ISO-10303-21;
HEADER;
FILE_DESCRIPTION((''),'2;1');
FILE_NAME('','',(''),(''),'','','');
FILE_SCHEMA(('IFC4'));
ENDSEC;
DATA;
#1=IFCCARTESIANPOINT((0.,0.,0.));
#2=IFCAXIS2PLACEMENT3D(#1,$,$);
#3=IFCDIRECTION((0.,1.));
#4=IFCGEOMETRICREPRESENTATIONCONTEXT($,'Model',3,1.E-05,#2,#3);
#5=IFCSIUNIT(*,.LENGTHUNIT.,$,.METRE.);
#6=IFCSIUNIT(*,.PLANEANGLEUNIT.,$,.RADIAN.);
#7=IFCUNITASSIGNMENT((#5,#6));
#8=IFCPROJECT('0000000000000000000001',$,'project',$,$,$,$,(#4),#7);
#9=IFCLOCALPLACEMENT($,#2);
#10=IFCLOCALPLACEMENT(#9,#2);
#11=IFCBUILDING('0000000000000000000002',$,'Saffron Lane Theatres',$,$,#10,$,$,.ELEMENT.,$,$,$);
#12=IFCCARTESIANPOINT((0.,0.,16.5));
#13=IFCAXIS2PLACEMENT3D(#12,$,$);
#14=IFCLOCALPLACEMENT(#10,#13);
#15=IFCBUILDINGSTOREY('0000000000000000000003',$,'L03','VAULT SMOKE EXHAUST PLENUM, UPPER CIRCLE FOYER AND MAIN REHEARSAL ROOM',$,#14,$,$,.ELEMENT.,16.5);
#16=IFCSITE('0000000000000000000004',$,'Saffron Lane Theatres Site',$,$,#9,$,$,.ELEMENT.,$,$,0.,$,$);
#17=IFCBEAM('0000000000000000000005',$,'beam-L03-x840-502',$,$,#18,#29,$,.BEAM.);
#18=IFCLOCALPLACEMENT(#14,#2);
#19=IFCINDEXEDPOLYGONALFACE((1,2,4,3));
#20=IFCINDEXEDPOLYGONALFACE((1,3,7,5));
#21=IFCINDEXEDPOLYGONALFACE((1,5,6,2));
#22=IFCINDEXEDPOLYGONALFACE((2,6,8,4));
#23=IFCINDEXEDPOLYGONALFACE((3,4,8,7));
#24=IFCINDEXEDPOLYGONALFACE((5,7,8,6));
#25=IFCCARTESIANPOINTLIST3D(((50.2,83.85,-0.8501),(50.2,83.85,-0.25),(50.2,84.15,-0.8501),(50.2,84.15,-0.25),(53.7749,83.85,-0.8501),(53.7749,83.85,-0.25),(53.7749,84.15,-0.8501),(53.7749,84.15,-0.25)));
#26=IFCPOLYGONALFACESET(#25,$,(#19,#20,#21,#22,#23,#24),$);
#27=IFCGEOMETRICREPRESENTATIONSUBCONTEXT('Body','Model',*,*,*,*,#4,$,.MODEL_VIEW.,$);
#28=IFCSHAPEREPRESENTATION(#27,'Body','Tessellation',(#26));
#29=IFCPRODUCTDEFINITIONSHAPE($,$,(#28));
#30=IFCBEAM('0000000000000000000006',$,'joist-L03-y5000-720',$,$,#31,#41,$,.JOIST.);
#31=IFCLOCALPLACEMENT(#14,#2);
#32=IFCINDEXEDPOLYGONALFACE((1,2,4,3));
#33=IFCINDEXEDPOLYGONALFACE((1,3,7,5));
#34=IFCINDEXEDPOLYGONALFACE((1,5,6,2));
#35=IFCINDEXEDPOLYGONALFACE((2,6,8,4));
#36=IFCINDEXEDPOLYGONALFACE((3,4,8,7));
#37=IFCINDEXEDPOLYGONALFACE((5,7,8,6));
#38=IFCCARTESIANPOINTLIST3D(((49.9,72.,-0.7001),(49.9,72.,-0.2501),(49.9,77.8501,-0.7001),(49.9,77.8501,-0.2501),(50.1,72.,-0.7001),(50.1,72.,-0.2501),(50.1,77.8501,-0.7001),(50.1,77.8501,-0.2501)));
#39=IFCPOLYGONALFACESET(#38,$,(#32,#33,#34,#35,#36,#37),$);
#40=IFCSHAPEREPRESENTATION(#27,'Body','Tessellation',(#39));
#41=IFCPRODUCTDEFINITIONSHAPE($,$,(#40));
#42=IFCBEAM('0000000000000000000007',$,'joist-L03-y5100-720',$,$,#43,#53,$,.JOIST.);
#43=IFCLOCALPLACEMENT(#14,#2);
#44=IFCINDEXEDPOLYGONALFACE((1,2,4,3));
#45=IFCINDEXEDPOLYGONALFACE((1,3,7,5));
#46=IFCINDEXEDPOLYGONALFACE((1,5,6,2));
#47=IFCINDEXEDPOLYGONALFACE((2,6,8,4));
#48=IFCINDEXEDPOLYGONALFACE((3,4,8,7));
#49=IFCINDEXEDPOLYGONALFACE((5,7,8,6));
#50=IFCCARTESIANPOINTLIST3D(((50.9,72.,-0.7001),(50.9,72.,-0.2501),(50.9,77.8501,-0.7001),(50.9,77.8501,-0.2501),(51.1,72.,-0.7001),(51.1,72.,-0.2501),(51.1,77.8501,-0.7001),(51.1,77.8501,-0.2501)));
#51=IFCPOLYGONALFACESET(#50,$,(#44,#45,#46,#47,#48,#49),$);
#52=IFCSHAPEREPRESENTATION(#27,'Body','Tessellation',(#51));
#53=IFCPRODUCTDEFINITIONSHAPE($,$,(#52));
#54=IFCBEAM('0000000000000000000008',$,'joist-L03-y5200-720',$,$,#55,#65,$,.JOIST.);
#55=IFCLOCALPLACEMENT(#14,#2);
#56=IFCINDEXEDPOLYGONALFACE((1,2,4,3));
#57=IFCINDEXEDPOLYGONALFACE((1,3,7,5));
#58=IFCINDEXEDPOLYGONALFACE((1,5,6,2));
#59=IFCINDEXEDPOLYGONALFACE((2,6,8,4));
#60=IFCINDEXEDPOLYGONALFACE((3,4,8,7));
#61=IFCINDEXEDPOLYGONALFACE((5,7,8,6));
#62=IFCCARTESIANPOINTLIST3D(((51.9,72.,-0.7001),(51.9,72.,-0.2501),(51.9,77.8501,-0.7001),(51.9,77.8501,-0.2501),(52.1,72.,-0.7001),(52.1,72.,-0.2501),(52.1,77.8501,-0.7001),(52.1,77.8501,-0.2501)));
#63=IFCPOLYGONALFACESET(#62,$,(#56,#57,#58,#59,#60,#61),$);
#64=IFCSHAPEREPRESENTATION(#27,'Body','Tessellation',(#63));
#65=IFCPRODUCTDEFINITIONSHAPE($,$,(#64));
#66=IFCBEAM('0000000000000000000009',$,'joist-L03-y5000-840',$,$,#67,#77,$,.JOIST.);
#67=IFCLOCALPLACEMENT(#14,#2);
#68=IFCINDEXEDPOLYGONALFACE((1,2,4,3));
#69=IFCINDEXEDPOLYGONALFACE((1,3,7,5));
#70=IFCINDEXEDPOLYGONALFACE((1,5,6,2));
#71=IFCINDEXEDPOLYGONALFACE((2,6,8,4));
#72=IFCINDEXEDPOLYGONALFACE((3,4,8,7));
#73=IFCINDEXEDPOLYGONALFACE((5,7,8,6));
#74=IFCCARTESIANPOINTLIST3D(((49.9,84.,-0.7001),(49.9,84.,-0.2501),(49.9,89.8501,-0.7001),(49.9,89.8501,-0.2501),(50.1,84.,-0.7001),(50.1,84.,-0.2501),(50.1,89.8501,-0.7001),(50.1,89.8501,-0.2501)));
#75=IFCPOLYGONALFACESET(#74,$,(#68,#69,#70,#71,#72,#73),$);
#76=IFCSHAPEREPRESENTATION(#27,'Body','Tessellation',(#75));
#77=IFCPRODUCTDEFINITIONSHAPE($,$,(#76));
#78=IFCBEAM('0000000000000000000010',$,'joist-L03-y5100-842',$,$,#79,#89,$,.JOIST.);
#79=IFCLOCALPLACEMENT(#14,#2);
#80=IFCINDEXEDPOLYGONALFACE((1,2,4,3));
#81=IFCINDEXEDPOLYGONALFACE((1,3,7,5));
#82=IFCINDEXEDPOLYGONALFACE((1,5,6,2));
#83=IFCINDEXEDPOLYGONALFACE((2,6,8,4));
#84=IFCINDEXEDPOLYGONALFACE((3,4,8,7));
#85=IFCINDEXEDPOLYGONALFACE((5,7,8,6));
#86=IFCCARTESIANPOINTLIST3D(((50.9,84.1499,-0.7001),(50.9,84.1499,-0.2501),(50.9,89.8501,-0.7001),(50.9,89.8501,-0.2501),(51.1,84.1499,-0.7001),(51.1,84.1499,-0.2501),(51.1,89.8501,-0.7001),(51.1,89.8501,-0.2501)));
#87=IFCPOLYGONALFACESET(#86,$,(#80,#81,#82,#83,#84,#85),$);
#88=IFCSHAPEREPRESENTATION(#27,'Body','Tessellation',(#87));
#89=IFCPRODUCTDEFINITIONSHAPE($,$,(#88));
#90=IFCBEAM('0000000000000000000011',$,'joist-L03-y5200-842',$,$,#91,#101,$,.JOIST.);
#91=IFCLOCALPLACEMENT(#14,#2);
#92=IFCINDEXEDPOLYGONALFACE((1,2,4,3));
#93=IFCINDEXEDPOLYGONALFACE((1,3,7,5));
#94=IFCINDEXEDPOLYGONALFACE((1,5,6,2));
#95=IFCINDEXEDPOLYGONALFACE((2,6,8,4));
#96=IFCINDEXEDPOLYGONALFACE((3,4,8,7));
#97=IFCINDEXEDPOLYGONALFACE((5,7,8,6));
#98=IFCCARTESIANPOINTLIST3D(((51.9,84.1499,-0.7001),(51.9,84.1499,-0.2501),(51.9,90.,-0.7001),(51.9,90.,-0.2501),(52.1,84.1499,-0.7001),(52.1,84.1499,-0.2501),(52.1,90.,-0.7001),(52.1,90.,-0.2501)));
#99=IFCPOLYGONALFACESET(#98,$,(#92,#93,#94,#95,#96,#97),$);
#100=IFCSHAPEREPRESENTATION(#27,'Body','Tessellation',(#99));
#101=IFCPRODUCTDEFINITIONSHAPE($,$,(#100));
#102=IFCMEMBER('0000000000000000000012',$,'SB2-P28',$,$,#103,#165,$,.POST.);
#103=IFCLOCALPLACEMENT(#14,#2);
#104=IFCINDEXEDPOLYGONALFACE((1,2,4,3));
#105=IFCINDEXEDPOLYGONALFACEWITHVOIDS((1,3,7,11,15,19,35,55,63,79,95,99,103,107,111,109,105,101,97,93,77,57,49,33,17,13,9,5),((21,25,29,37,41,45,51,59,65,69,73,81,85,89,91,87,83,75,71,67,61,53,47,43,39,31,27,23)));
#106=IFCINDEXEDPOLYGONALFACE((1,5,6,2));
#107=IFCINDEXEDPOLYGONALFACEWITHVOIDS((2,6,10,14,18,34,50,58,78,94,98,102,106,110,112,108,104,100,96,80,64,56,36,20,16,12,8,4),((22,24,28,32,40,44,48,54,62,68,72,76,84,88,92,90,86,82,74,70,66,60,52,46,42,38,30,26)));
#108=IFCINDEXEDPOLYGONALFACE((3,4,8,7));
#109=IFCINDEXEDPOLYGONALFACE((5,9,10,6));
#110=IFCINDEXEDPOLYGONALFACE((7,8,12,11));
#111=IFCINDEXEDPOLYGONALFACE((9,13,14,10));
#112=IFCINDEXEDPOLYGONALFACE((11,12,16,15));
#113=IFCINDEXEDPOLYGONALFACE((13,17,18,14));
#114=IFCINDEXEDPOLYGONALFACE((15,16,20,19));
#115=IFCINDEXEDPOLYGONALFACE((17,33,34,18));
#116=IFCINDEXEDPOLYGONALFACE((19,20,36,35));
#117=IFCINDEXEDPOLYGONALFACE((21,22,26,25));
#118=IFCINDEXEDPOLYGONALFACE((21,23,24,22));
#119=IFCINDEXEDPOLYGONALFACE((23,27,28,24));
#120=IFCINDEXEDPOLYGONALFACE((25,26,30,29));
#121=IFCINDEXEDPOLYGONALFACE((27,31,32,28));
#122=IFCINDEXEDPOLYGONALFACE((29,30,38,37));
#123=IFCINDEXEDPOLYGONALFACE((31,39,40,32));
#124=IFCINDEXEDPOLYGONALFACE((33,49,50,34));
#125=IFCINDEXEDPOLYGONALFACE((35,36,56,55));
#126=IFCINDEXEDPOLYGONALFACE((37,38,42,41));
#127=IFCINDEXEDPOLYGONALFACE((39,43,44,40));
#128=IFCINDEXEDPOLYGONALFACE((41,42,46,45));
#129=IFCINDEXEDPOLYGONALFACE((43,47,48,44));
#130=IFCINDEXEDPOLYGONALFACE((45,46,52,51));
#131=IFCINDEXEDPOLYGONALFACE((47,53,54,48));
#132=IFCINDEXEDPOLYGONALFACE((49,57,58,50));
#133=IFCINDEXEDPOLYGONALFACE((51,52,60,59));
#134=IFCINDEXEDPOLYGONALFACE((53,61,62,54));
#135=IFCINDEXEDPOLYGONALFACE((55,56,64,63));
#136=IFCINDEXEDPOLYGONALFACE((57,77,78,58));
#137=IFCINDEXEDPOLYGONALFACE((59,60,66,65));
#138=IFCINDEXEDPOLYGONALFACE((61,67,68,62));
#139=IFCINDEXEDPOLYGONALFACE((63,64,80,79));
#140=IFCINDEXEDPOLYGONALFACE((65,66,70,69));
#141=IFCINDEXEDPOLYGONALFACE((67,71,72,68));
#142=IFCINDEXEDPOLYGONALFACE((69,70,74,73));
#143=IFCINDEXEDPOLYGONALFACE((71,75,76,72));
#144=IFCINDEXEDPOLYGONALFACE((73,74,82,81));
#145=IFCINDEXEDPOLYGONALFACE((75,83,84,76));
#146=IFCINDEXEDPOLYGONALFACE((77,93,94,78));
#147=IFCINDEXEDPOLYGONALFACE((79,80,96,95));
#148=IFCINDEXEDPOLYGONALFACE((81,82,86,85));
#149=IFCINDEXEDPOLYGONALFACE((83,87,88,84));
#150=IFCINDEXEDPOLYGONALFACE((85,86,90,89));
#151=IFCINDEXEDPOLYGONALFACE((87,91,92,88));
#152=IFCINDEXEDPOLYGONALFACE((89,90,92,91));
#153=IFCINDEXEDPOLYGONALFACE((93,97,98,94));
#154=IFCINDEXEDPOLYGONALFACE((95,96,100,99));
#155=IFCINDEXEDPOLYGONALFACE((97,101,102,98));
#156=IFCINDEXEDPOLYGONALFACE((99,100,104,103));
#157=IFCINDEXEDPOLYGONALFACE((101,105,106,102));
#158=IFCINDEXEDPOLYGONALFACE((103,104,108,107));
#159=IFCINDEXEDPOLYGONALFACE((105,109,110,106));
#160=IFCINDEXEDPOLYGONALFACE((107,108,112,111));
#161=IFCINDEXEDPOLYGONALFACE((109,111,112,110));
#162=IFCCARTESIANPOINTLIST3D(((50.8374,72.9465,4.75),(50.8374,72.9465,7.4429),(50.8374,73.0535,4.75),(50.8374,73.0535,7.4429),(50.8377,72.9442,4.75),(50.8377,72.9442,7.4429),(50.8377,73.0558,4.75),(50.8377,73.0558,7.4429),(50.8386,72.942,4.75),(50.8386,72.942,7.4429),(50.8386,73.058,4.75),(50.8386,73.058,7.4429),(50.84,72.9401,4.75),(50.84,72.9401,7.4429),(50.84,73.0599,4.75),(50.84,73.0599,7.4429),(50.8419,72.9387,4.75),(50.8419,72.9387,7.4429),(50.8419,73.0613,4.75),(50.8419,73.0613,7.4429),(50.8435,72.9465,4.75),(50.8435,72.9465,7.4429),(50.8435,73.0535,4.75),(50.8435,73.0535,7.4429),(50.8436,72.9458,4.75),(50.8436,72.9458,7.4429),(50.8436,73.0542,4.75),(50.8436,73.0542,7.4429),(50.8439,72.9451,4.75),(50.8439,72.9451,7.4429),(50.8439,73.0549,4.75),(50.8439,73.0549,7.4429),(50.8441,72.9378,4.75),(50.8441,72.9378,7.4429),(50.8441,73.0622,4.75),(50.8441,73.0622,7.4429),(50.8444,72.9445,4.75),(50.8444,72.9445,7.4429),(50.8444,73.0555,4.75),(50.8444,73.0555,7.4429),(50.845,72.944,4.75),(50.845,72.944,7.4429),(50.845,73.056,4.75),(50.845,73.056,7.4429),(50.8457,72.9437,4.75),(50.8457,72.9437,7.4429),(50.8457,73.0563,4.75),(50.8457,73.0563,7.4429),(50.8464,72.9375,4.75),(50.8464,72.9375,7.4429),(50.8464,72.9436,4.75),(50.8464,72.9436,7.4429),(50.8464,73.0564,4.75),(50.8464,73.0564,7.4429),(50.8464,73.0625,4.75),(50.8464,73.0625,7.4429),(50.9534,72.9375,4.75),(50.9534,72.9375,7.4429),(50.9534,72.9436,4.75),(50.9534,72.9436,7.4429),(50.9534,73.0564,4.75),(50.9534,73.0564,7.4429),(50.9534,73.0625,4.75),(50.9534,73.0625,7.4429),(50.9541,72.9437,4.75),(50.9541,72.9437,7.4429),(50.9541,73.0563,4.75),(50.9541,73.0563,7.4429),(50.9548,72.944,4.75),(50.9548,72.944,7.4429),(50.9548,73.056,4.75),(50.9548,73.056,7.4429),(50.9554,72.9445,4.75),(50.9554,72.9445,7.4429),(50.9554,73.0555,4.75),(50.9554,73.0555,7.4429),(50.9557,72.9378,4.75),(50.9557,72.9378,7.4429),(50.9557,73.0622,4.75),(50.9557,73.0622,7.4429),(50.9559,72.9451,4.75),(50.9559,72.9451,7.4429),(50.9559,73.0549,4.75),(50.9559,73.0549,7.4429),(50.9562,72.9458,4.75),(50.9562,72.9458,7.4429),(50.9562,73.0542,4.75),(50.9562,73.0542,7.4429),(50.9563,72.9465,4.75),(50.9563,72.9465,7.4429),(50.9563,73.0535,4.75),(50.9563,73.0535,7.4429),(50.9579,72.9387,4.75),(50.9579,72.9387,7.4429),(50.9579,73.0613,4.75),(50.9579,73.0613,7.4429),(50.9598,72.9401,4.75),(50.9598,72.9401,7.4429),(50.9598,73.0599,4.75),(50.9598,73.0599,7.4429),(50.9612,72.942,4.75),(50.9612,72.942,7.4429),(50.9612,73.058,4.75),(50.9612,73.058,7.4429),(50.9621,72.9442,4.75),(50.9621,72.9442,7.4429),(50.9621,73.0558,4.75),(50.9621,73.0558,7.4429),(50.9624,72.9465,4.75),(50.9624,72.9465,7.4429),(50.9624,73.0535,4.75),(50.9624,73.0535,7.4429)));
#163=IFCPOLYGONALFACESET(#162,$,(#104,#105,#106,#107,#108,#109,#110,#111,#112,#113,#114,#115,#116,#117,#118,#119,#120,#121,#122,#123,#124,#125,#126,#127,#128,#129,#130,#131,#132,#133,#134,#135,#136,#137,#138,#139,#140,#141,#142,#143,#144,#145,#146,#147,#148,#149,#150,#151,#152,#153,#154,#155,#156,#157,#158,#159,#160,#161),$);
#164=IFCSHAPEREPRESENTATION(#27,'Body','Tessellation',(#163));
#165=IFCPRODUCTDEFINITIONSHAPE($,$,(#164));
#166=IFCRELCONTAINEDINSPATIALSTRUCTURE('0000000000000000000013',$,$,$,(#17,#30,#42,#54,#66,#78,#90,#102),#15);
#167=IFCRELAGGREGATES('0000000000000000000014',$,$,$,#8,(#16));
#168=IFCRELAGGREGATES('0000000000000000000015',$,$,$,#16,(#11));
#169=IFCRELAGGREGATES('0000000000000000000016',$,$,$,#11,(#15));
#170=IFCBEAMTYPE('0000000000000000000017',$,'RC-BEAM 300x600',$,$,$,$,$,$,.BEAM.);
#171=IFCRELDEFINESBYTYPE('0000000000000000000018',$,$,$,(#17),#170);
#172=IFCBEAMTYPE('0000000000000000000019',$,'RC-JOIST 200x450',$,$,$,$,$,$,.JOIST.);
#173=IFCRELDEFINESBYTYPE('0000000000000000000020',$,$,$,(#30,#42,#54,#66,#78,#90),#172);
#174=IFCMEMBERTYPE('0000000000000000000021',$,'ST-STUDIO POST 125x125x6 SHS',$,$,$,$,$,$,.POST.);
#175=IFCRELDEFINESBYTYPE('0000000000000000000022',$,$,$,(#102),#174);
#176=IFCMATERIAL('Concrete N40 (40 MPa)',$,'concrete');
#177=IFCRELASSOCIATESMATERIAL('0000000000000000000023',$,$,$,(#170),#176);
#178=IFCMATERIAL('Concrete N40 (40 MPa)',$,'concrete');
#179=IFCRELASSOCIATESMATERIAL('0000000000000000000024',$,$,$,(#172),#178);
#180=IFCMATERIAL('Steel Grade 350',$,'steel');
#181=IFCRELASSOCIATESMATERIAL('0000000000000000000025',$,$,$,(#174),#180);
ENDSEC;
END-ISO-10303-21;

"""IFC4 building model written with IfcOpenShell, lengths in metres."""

from ifc_helpers import new_model, si_unit, direction, frame, origin, origin_2d, place, context, subcontext, project, spatial, rectangle, hollow_rectangle, extrude, material, material_profile, profile_set, type_object, element, save


model = new_model("IFC4")

# Units and contexts
model_context = context("Model", 3, precision=1e-05, world=origin(), true_north=direction((0.0, 1.0)))
body_context = subcontext(model_context, "Body", "Model", "MODEL_VIEW")
ifc_project = project(units=[si_unit("LENGTHUNIT", "METRE"), si_unit("PLANEANGLEUNIT", "RADIAN")], contexts=[model_context])

# Site, building, storey
site_placement = place(None, origin())
site = spatial("IfcSite", under=ifc_project, at=site_placement, Name="Saffron Lane Theatres Site", CompositionType="ELEMENT", RefElevation=0.0)
building_placement = place(site_placement, origin())
building = spatial("IfcBuilding", under=site, at=building_placement, Name="Saffron Lane Theatres", CompositionType="ELEMENT")
storey_placement = place(building_placement, frame((0.0, 0.0, 16.5)))
storey = spatial("IfcBuildingStorey", under=building, at=storey_placement, Name="L03", Description="VAULT SMOKE EXHAUST PLENUM, UPPER CIRCLE FOYER AND MAIN REHEARSAL ROOM", CompositionType="ELEMENT", Elevation=16.5)

# Beams
ifc_material_1 = material(Name="Concrete N40 (40 MPa)", Category="concrete")
ifc_material_profile_1 = material_profile(ifc_material_1, rectangle(XDim=0.3, YDim=0.6001, at=origin_2d()))
ifc_profile_set_1 = profile_set([ifc_material_profile_1], Name="Concrete N40 (40 MPa)")
beam_type_1 = type_object("IfcBeamType", Name="RC-BEAM 300x600", PredefinedType="BEAM", material=ifc_profile_set_1)
beam_1_placement = place(storey_placement, frame((50.2, 84.0, -0.55), z_axis=(1.0, 0.0, 0.0), x_axis=(0.0, 1.0, 0.0)))
element("IfcBeam", 1, at=beam_1_placement, inside=storey, type_object=beam_type_1, Name="beam-L03-x840-502", PredefinedType="BEAM", context=body_context, shape_type="SweptSolid", body=[
    extrude(rectangle(XDim=0.3, YDim=0.6001, at=origin_2d()), origin(), (0.0, 0.0, 1.0), 3.575),
])
ifc_material_2 = material(Name="Concrete N40 (40 MPa)", Category="concrete")
ifc_material_profile_2 = material_profile(ifc_material_2, rectangle(XDim=0.2, YDim=0.45, at=origin_2d()))
ifc_profile_set_2 = profile_set([ifc_material_profile_2], Name="Concrete N40 (40 MPa)")
beam_type_2 = type_object("IfcBeamType", Name="RC-JOIST 200x450", PredefinedType="JOIST", material=ifc_profile_set_2)
for number, where, z_axis, x_axis, name in (
    (2, (50.0, 72.0, -0.4751), (0.0, 1.0, 0.0), (-1.0, 0.0, 0.0), "joist-L03-y5000-720"),
    (3, (51.0, 72.0, -0.4751), (0.0, 1.0, 0.0), (-1.0, 0.0, 0.0), "joist-L03-y5100-720"),
    (4, (52.0, 72.0, -0.4751), (0.0, 1.0, 0.0), (-1.0, 0.0, 0.0), "joist-L03-y5200-720"),
    (5, (50.0, 84.0, -0.4751), (0.0, 1.0, 0.0), (-1.0, 0.0, 0.0), "joist-L03-y5000-840"),
):
    element("IfcBeam", number, at=place(storey_placement, frame(where, z_axis=z_axis, x_axis=x_axis)), inside=storey, type_object=beam_type_2, Name=name, PredefinedType="JOIST", context=body_context, shape_type="SweptSolid", body=[
        extrude(rectangle(XDim=0.2, YDim=0.45, at=origin_2d()), origin(), (0.0, 0.0, 1.0), 5.8501),
    ])
beam_2_placement = place(storey_placement, frame((51.0, 84.1499, -0.4751), z_axis=(0.0, 1.0, 0.0), x_axis=(-1.0, 0.0, 0.0)))
element("IfcBeam", 6, at=beam_2_placement, inside=storey, type_object=beam_type_2, Name="joist-L03-y5100-842", PredefinedType="JOIST", context=body_context, shape_type="SweptSolid", body=[
    extrude(rectangle(XDim=0.2, YDim=0.45, at=origin_2d()), origin(), (0.0, 0.0, 1.0), 5.7002),
])
beam_3_placement = place(storey_placement, frame((52.0, 84.1499, -0.4751), z_axis=(0.0, 1.0, 0.0), x_axis=(-1.0, 0.0, 0.0)))
element("IfcBeam", 7, at=beam_3_placement, inside=storey, type_object=beam_type_2, Name="joist-L03-y5200-842", PredefinedType="JOIST", context=body_context, shape_type="SweptSolid", body=[
    extrude(rectangle(XDim=0.2, YDim=0.45, at=origin_2d()), origin(), (0.0, 0.0, 1.0), 5.8501),
])

# Member
ifc_material_3 = material(Name="Steel Grade 350", Category="steel")
ifc_material_profile_3 = material_profile(ifc_material_3, hollow_rectangle(XDim=0.125, YDim=0.125, WallThickness=0.0061, InnerFilletRadius=0.0029, OuterFilletRadius=0.009, at=origin_2d()))
ifc_profile_set_3 = profile_set([ifc_material_profile_3], Name="Steel Grade 350")
member_type_1 = type_object("IfcMemberType", Name="ST-STUDIO POST 125x125x6 SHS", PredefinedType="POST", material=ifc_profile_set_3)
for number, where, z_axis, x_axis, name in (
    (8, (50.8999, 73.0, 4.75), (0.0, 0.0, 1.0), (1.0, 0.0, 0.0), "SB2-P28"),
):
    element("IfcMember", number, at=place(storey_placement, frame(where, z_axis=z_axis, x_axis=x_axis)), inside=storey, type_object=member_type_1, Name=name, PredefinedType="POST", context=body_context, shape_type="SweptSolid", body=[
        extrude(hollow_rectangle(XDim=0.125, YDim=0.125, WallThickness=0.0061, InnerFilletRadius=0.0029, OuterFilletRadius=0.009, at=origin_2d()), origin(), (0.0, 0.0, 1.0), 2.6929),
    ])

save(model, "model.ifc")
